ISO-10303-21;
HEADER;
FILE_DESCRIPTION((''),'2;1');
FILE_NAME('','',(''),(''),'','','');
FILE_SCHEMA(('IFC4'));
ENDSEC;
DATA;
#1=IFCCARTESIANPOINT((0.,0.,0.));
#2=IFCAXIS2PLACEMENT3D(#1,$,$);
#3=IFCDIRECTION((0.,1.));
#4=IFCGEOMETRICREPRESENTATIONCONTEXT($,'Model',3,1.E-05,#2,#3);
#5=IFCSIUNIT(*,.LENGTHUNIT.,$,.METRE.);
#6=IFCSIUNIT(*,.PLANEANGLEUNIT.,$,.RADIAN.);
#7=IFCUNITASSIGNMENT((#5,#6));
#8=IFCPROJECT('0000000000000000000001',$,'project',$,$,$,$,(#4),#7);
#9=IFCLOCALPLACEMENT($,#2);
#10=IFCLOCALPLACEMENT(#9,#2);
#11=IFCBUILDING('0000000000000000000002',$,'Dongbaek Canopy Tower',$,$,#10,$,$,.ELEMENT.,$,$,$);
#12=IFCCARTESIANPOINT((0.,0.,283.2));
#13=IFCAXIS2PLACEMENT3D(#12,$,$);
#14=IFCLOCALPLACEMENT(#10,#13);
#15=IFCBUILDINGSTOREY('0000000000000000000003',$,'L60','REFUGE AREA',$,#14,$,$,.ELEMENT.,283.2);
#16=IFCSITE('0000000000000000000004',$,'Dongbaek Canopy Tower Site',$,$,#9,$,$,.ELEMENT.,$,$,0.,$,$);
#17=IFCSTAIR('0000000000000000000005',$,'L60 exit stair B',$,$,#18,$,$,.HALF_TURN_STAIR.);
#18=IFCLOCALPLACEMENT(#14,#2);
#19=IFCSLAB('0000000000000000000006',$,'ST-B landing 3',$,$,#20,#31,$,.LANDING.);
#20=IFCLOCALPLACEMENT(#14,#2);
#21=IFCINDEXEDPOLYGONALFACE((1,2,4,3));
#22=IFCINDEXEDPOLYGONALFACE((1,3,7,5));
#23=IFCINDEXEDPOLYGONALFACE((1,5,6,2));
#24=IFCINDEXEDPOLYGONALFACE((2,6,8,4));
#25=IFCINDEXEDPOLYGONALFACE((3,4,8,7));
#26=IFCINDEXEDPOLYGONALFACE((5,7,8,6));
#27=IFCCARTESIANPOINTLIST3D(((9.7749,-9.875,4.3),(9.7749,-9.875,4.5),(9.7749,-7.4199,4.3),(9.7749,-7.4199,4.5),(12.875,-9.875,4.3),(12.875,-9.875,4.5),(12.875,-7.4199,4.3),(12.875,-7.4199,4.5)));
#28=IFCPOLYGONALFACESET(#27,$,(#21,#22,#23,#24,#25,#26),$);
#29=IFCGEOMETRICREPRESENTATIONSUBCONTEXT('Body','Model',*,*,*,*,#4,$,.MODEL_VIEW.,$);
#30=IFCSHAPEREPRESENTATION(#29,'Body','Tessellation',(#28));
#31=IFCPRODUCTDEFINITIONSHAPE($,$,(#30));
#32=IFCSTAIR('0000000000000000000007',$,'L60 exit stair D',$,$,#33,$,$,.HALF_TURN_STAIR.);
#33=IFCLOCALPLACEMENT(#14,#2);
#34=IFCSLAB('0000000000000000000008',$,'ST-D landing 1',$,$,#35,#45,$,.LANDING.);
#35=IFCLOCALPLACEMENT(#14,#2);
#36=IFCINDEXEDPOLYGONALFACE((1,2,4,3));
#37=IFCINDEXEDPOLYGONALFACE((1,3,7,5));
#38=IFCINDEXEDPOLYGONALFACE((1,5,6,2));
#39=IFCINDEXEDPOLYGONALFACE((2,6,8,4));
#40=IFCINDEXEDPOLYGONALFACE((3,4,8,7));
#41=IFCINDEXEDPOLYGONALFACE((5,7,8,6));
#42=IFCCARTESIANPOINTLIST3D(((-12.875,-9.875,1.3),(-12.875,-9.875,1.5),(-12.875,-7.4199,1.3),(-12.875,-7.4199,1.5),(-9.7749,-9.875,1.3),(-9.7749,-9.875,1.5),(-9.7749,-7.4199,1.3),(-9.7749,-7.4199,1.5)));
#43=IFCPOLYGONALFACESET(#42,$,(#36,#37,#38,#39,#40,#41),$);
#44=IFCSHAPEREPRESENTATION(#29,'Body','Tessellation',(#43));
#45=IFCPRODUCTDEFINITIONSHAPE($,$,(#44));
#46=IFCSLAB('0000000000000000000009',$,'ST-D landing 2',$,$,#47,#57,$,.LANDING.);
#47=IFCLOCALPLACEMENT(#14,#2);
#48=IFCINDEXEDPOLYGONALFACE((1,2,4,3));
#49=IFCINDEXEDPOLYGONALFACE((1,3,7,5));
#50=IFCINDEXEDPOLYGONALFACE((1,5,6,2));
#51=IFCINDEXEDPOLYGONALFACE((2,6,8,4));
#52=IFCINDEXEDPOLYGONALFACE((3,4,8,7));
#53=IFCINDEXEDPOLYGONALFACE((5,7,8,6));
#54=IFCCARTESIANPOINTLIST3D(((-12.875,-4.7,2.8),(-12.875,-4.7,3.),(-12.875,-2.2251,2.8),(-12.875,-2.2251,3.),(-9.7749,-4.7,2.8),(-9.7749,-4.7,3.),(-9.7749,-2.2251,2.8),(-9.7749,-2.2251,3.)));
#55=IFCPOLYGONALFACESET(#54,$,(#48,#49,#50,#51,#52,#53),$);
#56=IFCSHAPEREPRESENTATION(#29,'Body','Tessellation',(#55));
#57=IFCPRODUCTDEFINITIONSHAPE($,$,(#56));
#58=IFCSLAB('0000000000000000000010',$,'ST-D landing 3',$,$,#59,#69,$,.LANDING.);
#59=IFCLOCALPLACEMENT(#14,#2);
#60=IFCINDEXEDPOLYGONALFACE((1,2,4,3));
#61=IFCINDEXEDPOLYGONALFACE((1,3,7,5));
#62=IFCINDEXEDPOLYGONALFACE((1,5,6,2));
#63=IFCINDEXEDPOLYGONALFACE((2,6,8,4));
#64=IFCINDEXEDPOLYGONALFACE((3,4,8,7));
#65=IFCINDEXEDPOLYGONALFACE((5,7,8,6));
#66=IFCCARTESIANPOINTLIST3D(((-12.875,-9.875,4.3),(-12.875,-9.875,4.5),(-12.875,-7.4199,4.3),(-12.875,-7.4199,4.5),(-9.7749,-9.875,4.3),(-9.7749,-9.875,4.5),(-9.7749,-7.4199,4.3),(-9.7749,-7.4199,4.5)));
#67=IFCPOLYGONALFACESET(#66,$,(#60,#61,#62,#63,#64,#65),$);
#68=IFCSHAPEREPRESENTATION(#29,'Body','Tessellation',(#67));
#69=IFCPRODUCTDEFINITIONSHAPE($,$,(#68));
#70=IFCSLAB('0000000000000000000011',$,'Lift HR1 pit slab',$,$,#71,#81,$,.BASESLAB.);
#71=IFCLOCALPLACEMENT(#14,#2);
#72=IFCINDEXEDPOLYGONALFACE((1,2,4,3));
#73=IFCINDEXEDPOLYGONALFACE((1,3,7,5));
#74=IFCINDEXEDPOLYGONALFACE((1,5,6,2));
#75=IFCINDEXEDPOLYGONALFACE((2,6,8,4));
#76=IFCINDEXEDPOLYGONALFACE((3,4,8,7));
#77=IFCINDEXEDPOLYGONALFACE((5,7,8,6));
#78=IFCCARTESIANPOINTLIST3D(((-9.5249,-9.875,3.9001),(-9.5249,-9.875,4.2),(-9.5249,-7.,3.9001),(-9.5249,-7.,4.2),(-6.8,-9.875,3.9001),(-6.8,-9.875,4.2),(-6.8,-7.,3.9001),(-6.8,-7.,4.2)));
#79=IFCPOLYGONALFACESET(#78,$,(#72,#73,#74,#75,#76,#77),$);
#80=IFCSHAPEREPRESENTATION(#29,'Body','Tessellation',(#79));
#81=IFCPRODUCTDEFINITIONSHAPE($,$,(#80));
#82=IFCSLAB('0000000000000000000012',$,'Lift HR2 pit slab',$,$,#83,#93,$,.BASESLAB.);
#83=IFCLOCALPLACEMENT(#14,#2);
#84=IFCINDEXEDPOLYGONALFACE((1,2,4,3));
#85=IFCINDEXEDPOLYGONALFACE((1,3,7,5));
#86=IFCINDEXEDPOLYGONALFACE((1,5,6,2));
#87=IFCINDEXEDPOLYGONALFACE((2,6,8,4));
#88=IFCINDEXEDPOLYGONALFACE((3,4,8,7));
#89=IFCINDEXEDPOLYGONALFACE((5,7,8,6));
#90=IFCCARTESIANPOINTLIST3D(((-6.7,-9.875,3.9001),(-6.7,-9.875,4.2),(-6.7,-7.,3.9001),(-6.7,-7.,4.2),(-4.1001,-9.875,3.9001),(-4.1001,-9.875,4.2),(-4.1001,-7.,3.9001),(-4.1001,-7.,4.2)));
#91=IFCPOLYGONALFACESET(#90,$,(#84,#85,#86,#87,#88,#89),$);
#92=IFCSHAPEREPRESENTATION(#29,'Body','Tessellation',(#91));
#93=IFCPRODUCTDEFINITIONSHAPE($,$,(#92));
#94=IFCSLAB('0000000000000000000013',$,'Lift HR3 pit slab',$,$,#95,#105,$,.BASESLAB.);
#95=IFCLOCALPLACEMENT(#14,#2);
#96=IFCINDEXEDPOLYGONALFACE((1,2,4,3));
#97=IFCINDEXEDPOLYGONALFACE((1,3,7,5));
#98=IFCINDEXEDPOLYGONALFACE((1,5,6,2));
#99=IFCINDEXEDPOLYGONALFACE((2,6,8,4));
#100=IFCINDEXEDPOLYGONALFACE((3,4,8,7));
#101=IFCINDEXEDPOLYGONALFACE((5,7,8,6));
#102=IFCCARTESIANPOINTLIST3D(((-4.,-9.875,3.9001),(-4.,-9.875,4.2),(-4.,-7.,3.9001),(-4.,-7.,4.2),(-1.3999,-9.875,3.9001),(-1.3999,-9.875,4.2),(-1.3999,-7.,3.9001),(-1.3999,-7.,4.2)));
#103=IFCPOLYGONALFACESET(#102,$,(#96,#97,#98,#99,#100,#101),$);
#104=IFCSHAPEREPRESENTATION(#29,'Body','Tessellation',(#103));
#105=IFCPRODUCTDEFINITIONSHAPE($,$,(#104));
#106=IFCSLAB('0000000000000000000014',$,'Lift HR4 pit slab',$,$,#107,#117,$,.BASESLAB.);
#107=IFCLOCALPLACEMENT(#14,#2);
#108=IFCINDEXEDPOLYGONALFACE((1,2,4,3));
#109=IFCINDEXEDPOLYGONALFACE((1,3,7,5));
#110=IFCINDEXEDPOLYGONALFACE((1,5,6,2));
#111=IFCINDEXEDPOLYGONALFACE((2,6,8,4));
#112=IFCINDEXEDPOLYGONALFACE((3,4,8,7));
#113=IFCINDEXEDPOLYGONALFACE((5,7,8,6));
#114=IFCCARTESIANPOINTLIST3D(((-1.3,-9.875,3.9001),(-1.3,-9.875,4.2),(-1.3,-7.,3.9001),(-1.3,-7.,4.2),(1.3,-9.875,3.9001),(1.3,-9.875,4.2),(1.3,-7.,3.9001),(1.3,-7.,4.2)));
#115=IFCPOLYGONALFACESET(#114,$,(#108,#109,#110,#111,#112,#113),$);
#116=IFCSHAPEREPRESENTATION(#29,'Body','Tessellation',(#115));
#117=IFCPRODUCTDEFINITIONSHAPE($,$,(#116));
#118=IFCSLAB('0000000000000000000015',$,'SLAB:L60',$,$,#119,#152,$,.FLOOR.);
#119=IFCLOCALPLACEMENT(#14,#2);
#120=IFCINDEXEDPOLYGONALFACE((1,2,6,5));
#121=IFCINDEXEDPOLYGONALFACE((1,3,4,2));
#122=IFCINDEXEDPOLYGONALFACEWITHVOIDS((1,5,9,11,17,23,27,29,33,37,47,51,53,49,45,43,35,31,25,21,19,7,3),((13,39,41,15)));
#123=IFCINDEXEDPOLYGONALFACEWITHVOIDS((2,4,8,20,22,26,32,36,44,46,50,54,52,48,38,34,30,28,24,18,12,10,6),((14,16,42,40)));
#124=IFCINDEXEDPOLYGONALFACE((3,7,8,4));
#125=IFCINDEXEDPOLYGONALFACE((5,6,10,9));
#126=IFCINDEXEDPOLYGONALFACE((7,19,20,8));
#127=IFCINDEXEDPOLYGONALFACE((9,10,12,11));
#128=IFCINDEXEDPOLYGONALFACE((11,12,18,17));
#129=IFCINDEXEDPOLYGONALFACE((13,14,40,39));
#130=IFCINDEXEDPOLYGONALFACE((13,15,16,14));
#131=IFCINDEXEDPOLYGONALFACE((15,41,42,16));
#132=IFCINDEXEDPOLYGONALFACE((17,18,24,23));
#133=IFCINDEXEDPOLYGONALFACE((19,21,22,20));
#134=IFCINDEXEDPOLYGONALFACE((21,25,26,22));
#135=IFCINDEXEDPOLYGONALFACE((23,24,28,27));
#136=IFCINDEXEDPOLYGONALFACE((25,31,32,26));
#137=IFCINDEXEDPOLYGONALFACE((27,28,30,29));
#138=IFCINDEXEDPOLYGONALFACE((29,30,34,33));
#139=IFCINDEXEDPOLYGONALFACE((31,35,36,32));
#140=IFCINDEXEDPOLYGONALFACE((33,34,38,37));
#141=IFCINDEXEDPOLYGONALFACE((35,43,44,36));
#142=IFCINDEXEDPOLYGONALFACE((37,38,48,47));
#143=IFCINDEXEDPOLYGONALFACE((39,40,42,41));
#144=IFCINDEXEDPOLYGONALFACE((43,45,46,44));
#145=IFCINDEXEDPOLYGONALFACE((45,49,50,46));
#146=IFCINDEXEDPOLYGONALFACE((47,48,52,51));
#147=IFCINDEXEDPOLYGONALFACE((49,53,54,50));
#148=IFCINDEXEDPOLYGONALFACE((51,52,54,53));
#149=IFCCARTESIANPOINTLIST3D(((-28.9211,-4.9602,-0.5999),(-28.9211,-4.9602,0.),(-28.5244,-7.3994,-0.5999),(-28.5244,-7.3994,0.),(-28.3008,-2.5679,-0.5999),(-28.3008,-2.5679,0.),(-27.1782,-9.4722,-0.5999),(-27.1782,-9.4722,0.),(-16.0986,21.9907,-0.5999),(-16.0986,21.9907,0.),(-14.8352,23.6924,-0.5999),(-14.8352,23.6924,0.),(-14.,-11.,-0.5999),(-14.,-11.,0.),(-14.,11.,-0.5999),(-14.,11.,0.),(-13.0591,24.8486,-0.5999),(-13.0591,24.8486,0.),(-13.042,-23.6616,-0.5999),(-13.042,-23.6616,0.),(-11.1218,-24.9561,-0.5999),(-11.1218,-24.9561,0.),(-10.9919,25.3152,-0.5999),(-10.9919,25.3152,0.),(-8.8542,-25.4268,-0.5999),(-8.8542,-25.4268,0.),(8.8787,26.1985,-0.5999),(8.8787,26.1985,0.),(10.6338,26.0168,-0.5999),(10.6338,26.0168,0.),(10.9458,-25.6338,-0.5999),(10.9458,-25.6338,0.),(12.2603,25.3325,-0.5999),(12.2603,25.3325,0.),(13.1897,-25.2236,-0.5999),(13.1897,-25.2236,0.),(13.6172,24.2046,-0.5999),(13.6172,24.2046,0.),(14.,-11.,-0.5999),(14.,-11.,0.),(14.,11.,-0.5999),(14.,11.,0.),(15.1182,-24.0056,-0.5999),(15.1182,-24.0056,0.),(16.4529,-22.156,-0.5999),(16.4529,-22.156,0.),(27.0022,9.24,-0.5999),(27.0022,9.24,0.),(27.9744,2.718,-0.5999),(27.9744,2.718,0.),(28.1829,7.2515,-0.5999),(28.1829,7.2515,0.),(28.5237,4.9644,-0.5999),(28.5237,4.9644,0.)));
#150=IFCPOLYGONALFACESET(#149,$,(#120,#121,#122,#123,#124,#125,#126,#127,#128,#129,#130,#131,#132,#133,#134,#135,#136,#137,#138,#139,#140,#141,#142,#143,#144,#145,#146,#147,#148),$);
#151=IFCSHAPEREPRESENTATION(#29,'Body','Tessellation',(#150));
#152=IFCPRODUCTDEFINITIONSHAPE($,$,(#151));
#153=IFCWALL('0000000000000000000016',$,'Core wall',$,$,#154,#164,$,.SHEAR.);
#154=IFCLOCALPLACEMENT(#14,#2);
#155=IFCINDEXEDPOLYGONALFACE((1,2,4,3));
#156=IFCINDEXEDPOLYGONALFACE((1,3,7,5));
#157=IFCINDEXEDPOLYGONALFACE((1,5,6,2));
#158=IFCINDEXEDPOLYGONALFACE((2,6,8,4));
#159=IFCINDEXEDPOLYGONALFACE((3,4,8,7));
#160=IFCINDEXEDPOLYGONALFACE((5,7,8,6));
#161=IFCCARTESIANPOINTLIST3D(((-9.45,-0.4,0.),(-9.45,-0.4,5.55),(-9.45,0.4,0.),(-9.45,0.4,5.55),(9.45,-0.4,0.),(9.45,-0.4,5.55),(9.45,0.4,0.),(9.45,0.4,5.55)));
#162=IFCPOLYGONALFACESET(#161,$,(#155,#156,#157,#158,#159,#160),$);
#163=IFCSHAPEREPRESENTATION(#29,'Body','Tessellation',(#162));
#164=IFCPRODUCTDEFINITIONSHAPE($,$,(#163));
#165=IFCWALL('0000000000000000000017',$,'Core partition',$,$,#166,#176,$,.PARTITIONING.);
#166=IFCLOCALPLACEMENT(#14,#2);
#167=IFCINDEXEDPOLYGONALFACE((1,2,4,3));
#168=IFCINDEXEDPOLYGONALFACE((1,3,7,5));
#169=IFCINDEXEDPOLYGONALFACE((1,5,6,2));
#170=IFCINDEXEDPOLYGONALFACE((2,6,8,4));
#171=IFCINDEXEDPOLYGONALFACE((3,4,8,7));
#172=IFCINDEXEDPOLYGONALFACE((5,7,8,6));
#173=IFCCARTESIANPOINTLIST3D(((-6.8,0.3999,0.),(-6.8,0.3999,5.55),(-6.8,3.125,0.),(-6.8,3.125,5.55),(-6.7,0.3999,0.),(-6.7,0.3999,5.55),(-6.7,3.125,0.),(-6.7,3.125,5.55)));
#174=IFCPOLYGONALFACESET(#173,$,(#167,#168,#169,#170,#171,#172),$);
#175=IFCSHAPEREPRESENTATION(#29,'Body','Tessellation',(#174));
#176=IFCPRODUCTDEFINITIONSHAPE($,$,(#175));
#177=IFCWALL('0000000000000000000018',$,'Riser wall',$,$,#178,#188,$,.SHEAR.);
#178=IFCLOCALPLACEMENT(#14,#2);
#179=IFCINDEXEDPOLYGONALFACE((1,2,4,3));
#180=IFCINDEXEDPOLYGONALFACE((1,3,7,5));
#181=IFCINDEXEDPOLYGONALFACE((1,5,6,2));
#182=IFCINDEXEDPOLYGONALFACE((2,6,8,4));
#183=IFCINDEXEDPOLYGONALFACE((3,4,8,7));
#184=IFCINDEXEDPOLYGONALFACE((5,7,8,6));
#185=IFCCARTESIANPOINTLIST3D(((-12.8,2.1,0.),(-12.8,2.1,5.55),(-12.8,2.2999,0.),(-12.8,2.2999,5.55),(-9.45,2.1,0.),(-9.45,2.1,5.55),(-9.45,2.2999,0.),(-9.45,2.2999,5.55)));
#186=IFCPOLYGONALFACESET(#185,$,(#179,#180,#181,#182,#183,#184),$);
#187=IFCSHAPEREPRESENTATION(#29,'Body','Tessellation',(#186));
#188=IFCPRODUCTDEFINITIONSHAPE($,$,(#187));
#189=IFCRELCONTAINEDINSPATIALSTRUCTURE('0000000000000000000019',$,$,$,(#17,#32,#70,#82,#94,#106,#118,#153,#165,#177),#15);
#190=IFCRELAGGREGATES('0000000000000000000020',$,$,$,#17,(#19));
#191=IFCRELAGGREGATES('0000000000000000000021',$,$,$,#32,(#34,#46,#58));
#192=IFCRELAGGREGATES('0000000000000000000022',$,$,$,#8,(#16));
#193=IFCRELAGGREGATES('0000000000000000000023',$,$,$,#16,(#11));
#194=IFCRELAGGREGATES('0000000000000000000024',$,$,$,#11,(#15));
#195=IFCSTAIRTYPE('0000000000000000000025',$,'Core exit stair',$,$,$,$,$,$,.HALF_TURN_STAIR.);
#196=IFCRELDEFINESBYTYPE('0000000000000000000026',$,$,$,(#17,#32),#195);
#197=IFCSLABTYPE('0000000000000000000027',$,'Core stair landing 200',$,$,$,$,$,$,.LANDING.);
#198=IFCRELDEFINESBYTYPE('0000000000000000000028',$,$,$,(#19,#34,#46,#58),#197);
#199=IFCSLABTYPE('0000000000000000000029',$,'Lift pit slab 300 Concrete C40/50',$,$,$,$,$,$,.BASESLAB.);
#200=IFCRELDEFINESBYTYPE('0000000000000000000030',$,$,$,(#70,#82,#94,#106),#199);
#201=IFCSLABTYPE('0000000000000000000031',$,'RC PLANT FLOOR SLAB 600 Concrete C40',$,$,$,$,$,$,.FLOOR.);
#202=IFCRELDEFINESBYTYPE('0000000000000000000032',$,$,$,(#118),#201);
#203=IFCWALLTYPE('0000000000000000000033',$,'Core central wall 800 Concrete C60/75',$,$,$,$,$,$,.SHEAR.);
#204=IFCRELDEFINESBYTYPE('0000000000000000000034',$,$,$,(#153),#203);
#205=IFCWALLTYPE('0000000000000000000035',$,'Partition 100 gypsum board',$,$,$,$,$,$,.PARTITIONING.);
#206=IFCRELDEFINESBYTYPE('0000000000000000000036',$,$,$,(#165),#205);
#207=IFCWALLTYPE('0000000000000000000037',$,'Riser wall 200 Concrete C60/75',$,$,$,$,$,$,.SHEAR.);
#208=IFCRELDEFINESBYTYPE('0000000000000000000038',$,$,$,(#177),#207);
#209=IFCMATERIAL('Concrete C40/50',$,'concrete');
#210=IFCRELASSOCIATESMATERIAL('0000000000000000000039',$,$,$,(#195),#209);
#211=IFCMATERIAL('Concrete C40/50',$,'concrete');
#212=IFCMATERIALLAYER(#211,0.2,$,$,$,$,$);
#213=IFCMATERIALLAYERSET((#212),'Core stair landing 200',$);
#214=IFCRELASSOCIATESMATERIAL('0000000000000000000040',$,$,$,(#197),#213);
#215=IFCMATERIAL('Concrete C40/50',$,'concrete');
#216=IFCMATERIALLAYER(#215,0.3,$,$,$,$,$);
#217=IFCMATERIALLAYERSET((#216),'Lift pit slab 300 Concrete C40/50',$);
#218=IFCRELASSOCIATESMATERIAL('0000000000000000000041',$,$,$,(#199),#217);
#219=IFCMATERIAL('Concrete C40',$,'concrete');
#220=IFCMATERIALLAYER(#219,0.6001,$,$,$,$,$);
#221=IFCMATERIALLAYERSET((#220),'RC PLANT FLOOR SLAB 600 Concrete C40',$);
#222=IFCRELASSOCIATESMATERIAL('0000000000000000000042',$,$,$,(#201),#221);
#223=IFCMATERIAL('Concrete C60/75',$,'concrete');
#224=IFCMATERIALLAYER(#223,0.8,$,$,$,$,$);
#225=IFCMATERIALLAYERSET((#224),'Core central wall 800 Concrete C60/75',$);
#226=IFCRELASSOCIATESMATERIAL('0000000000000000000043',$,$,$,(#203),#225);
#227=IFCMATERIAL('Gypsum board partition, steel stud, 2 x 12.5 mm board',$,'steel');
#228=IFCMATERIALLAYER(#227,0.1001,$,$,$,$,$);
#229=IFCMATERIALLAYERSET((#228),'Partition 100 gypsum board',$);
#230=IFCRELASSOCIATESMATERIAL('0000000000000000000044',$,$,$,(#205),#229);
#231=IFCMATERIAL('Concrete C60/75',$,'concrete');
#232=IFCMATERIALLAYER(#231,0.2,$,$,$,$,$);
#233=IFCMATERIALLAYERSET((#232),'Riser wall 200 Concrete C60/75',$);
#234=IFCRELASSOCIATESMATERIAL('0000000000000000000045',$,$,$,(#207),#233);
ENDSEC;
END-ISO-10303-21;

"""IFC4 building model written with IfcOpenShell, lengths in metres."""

from ifc_helpers import new_model, si_unit, direction, frame, frame_2d, origin, place, context, subcontext, project, spatial, polyline, rectangle, outline, extrude, material, layer, layer_set, type_object, element, aggregate, save


model = new_model("IFC4")

# Units and contexts
model_context = context("Model", 3, precision=1e-05, world=origin(), true_north=direction((0.0, 1.0)))
body_context = subcontext(model_context, "Body", "Model", "MODEL_VIEW")
ifc_project = project(units=[si_unit("LENGTHUNIT", "METRE"), si_unit("PLANEANGLEUNIT", "RADIAN")], contexts=[model_context])

# Site, building, storey
site_placement = place(None, origin())
site = spatial("IfcSite", under=ifc_project, at=site_placement, Name="Dongbaek Canopy Tower Site", CompositionType="ELEMENT", RefElevation=0.0)
building_placement = place(site_placement, origin())
building = spatial("IfcBuilding", under=site, at=building_placement, Name="Dongbaek Canopy Tower", CompositionType="ELEMENT")
storey_placement = place(building_placement, frame((0.0, 0.0, 283.2)))
storey = spatial("IfcBuildingStorey", under=building, at=storey_placement, Name="L60", Description="REFUGE AREA", CompositionType="ELEMENT", Elevation=283.2)

# Stairs, slabs
ifc_material_1 = material(Name="Concrete C40/50", Category="concrete")
stair_type = type_object("IfcStairType", Name="Core exit stair", PredefinedType="HALF_TURN_STAIR", material=ifc_material_1)
ifc_material_2 = material(Name="Concrete C40/50", Category="concrete")
ifc_layer_1 = layer(ifc_material_2, 0.2)
ifc_layer_set_1 = layer_set([ifc_layer_1], Name="Core stair landing 200")
slab_type_1 = type_object("IfcSlabType", Name="Core stair landing 200", PredefinedType="LANDING", material=ifc_layer_set_1)
stair_1_placement = place(storey_placement, origin())
stair_1 = element("IfcStair", 1, at=stair_1_placement, inside=storey, type_object=stair_type, Name="L60 exit stair B", PredefinedType="HALF_TURN_STAIR")
slab_1_placement = place(storey_placement, frame((0.0, 0.0, 4.3)))
slab_1 = element("IfcSlab", 2, at=slab_1_placement, type_object=slab_type_1, Name="ST-B landing 3", PredefinedType="LANDING", context=body_context, shape_type="SweptSolid", body=[
    extrude(outline(polyline([(9.7749, -7.4199), (9.7749, -9.875), (12.875, -9.875), (12.875, -7.4199), (9.7749, -7.4199)])), origin(), (0.0, 0.0, 1.0), 0.2),
])
aggregate(stair_1, [slab_1])
stair_2_placement = place(storey_placement, origin())
stair_2 = element("IfcStair", 3, at=stair_2_placement, inside=storey, type_object=stair_type, Name="L60 exit stair D", PredefinedType="HALF_TURN_STAIR")
slab_2_placement = place(storey_placement, frame((0.0, 0.0, 1.3)))
slab_2 = element("IfcSlab", 4, at=slab_2_placement, type_object=slab_type_1, Name="ST-D landing 1", PredefinedType="LANDING", context=body_context, shape_type="SweptSolid", body=[
    extrude(outline(polyline([(-12.875, -7.4199), (-12.875, -9.875), (-9.7749, -9.875), (-9.7749, -7.4199), (-12.875, -7.4199)])), origin(), (0.0, 0.0, 1.0), 0.2),
])
slab_3_placement = place(storey_placement, frame((0.0, 0.0, 2.8)))
slab_3 = element("IfcSlab", 5, at=slab_3_placement, type_object=slab_type_1, Name="ST-D landing 2", PredefinedType="LANDING", context=body_context, shape_type="SweptSolid", body=[
    extrude(outline(polyline([(-12.875, -2.2251), (-12.875, -4.7), (-9.7749, -4.7), (-9.7749, -2.2251), (-12.875, -2.2251)])), origin(), (0.0, 0.0, 1.0), 0.2),
])
slab_4_placement = place(storey_placement, frame((0.0, 0.0, 4.3)))
slab_4 = element("IfcSlab", 6, at=slab_4_placement, type_object=slab_type_1, Name="ST-D landing 3", PredefinedType="LANDING", context=body_context, shape_type="SweptSolid", body=[
    extrude(outline(polyline([(-12.875, -7.4199), (-12.875, -9.875), (-9.7749, -9.875), (-9.7749, -7.4199), (-12.875, -7.4199)])), origin(), (0.0, 0.0, 1.0), 0.2),
])
aggregate(stair_2, [slab_2, slab_3, slab_4])

# Slabs
ifc_material_3 = material(Name="Concrete C40/50", Category="concrete")
ifc_layer_2 = layer(ifc_material_3, 0.3)
ifc_layer_set_2 = layer_set([ifc_layer_2], Name="Lift pit slab 300 Concrete C40/50")
slab_type_2 = type_object("IfcSlabType", Name="Lift pit slab 300 Concrete C40/50", PredefinedType="BASESLAB", material=ifc_layer_set_2)
slab_5_placement = place(storey_placement, frame((0.0, 0.0, 3.9001)))
element("IfcSlab", 7, at=slab_5_placement, inside=storey, type_object=slab_type_2, Name="Lift HR1 pit slab", PredefinedType="BASESLAB", context=body_context, shape_type="SweptSolid", body=[
    extrude(outline(polyline([(-9.5249, -7.0), (-6.8, -7.0), (-6.8, -9.875), (-9.5249, -9.875), (-9.5249, -7.0)])), origin(), (0.0, 0.0, 1.0), 0.2998),
])
slab_6_placement = place(storey_placement, frame((0.0, 0.0, 3.9001)))
element("IfcSlab", 8, at=slab_6_placement, inside=storey, type_object=slab_type_2, Name="Lift HR2 pit slab", PredefinedType="BASESLAB", context=body_context, shape_type="SweptSolid", body=[
    extrude(outline(polyline([(-6.7, -9.875), (-6.7, -7.0), (-4.1001, -7.0), (-4.1001, -9.875), (-6.7, -9.875)])), origin(), (0.0, 0.0, 1.0), 0.2998),
])
slab_7_placement = place(storey_placement, frame((0.0, 0.0, 3.9001)))
element("IfcSlab", 9, at=slab_7_placement, inside=storey, type_object=slab_type_2, Name="Lift HR3 pit slab", PredefinedType="BASESLAB", context=body_context, shape_type="SweptSolid", body=[
    extrude(outline(polyline([(-4.0, -9.875), (-4.0, -7.0), (-1.3999, -7.0), (-1.3999, -9.875), (-4.0, -9.875)])), origin(), (0.0, 0.0, 1.0), 0.2998),
])
slab_8_placement = place(storey_placement, frame((0.0, 0.0, 3.9001)))
element("IfcSlab", 10, at=slab_8_placement, inside=storey, type_object=slab_type_2, Name="Lift HR4 pit slab", PredefinedType="BASESLAB", context=body_context, shape_type="SweptSolid", body=[
    extrude(outline(polyline([(-1.3, -9.875), (-1.3, -7.0), (1.3, -7.0), (1.3, -9.875), (-1.3, -9.875)])), origin(), (0.0, 0.0, 1.0), 0.2998),
])
ifc_material_4 = material(Name="Concrete C40", Category="concrete")
ifc_layer_3 = layer(ifc_material_4, 0.6001)
ifc_layer_set_3 = layer_set([ifc_layer_3], Name="RC PLANT FLOOR SLAB 600 Concrete C40")
slab_type_3 = type_object("IfcSlabType", Name="RC PLANT FLOOR SLAB 600 Concrete C40", PredefinedType="FLOOR", material=ifc_layer_set_3)
slab_9_placement = place(storey_placement, frame((0.0, 0.0, -0.5999)))
element("IfcSlab", 11, at=slab_9_placement, inside=storey, type_object=slab_type_3, Name="SLAB:L60", PredefinedType="FLOOR", context=body_context, shape_type="SweptSolid", body=[
    extrude(outline(polyline([(16.4529, -22.156), (15.1182, -24.0056), (13.1897, -25.2236), (10.9458, -25.6338), (-8.8542, -25.4268), (-11.1218, -24.9561), (-13.042, -23.6616), (-27.1782, -9.4722), (-28.5244, -7.3994), (-28.9211, -4.9602), (-28.3008, -2.5679), (-16.0986, 21.9907), (-14.8352, 23.6924), (-13.0591, 24.8486), (-10.9919, 25.3152), (8.8787, 26.1985), (10.6338, 26.0168), (12.2603, 25.3325), (13.6172, 24.2046), (27.0022, 9.24), (28.1829, 7.2515), (28.5237, 4.9644), (27.9744, 2.718), (16.4529, -22.156)]), holes=[polyline([(14.0, 11.0), (-14.0, 11.0), (-14.0, -11.0), (14.0, -11.0), (14.0, 11.0)])]), origin(), (0.0, 0.0, 1.0), 0.5999),
])

# Walls
ifc_material_5 = material(Name="Concrete C60/75", Category="concrete")
ifc_layer_4 = layer(ifc_material_5, 0.8)
ifc_layer_set_4 = layer_set([ifc_layer_4], Name="Core central wall 800 Concrete C60/75")
wall_type_1 = type_object("IfcWallType", Name="Core central wall 800 Concrete C60/75", PredefinedType="SHEAR", material=ifc_layer_set_4)
wall_1_placement = place(storey_placement, frame((-9.45, 0.0, 0.0), z_axis=(0.0, 0.0, 1.0), x_axis=(1.0, 0.0, 0.0)))
element("IfcWall", 12, at=wall_1_placement, inside=storey, type_object=wall_type_1, Name="Core wall", PredefinedType="SHEAR", context=body_context, shape_type="SweptSolid", body=[
    extrude(rectangle(XDim=18.8999, YDim=0.8, at=frame_2d((9.45, 0.0))), origin(), (0.0, 0.0, 1.0), 5.55),
])
ifc_material_6 = material(Name="Gypsum board partition, steel stud, 2 x 12.5 mm board", Category="steel")
ifc_layer_5 = layer(ifc_material_6, 0.1001)
ifc_layer_set_5 = layer_set([ifc_layer_5], Name="Partition 100 gypsum board")
wall_type_2 = type_object("IfcWallType", Name="Partition 100 gypsum board", PredefinedType="PARTITIONING", material=ifc_layer_set_5)
wall_2_placement = place(storey_placement, frame((-6.75, 0.3999, 0.0), z_axis=(0.0, 0.0, 1.0), x_axis=(0.0, 1.0, 0.0)))
element("IfcWall", 13, at=wall_2_placement, inside=storey, type_object=wall_type_2, Name="Core partition", PredefinedType="PARTITIONING", context=body_context, shape_type="SweptSolid", body=[
    extrude(rectangle(XDim=2.7251, YDim=0.1001, at=frame_2d((1.3625, 0.0))), origin(), (0.0, 0.0, 1.0), 5.55),
])
ifc_material_7 = material(Name="Concrete C60/75", Category="concrete")
ifc_layer_6 = layer(ifc_material_7, 0.2)
ifc_layer_set_6 = layer_set([ifc_layer_6], Name="Riser wall 200 Concrete C60/75")
wall_type_3 = type_object("IfcWallType", Name="Riser wall 200 Concrete C60/75", PredefinedType="SHEAR", material=ifc_layer_set_6)
wall_3_placement = place(storey_placement, frame((-9.45, 2.2, 0.0), z_axis=(0.0, 0.0, 1.0), x_axis=(-1.0, 0.0, 0.0)))
element("IfcWall", 14, at=wall_3_placement, inside=storey, type_object=wall_type_3, Name="Riser wall", PredefinedType="SHEAR", context=body_context, shape_type="SweptSolid", body=[
    extrude(rectangle(XDim=3.3501, YDim=0.2, at=frame_2d((1.675, 0.0))), origin(), (0.0, 0.0, 1.0), 5.55),
])

save(model, "model.ifc")
